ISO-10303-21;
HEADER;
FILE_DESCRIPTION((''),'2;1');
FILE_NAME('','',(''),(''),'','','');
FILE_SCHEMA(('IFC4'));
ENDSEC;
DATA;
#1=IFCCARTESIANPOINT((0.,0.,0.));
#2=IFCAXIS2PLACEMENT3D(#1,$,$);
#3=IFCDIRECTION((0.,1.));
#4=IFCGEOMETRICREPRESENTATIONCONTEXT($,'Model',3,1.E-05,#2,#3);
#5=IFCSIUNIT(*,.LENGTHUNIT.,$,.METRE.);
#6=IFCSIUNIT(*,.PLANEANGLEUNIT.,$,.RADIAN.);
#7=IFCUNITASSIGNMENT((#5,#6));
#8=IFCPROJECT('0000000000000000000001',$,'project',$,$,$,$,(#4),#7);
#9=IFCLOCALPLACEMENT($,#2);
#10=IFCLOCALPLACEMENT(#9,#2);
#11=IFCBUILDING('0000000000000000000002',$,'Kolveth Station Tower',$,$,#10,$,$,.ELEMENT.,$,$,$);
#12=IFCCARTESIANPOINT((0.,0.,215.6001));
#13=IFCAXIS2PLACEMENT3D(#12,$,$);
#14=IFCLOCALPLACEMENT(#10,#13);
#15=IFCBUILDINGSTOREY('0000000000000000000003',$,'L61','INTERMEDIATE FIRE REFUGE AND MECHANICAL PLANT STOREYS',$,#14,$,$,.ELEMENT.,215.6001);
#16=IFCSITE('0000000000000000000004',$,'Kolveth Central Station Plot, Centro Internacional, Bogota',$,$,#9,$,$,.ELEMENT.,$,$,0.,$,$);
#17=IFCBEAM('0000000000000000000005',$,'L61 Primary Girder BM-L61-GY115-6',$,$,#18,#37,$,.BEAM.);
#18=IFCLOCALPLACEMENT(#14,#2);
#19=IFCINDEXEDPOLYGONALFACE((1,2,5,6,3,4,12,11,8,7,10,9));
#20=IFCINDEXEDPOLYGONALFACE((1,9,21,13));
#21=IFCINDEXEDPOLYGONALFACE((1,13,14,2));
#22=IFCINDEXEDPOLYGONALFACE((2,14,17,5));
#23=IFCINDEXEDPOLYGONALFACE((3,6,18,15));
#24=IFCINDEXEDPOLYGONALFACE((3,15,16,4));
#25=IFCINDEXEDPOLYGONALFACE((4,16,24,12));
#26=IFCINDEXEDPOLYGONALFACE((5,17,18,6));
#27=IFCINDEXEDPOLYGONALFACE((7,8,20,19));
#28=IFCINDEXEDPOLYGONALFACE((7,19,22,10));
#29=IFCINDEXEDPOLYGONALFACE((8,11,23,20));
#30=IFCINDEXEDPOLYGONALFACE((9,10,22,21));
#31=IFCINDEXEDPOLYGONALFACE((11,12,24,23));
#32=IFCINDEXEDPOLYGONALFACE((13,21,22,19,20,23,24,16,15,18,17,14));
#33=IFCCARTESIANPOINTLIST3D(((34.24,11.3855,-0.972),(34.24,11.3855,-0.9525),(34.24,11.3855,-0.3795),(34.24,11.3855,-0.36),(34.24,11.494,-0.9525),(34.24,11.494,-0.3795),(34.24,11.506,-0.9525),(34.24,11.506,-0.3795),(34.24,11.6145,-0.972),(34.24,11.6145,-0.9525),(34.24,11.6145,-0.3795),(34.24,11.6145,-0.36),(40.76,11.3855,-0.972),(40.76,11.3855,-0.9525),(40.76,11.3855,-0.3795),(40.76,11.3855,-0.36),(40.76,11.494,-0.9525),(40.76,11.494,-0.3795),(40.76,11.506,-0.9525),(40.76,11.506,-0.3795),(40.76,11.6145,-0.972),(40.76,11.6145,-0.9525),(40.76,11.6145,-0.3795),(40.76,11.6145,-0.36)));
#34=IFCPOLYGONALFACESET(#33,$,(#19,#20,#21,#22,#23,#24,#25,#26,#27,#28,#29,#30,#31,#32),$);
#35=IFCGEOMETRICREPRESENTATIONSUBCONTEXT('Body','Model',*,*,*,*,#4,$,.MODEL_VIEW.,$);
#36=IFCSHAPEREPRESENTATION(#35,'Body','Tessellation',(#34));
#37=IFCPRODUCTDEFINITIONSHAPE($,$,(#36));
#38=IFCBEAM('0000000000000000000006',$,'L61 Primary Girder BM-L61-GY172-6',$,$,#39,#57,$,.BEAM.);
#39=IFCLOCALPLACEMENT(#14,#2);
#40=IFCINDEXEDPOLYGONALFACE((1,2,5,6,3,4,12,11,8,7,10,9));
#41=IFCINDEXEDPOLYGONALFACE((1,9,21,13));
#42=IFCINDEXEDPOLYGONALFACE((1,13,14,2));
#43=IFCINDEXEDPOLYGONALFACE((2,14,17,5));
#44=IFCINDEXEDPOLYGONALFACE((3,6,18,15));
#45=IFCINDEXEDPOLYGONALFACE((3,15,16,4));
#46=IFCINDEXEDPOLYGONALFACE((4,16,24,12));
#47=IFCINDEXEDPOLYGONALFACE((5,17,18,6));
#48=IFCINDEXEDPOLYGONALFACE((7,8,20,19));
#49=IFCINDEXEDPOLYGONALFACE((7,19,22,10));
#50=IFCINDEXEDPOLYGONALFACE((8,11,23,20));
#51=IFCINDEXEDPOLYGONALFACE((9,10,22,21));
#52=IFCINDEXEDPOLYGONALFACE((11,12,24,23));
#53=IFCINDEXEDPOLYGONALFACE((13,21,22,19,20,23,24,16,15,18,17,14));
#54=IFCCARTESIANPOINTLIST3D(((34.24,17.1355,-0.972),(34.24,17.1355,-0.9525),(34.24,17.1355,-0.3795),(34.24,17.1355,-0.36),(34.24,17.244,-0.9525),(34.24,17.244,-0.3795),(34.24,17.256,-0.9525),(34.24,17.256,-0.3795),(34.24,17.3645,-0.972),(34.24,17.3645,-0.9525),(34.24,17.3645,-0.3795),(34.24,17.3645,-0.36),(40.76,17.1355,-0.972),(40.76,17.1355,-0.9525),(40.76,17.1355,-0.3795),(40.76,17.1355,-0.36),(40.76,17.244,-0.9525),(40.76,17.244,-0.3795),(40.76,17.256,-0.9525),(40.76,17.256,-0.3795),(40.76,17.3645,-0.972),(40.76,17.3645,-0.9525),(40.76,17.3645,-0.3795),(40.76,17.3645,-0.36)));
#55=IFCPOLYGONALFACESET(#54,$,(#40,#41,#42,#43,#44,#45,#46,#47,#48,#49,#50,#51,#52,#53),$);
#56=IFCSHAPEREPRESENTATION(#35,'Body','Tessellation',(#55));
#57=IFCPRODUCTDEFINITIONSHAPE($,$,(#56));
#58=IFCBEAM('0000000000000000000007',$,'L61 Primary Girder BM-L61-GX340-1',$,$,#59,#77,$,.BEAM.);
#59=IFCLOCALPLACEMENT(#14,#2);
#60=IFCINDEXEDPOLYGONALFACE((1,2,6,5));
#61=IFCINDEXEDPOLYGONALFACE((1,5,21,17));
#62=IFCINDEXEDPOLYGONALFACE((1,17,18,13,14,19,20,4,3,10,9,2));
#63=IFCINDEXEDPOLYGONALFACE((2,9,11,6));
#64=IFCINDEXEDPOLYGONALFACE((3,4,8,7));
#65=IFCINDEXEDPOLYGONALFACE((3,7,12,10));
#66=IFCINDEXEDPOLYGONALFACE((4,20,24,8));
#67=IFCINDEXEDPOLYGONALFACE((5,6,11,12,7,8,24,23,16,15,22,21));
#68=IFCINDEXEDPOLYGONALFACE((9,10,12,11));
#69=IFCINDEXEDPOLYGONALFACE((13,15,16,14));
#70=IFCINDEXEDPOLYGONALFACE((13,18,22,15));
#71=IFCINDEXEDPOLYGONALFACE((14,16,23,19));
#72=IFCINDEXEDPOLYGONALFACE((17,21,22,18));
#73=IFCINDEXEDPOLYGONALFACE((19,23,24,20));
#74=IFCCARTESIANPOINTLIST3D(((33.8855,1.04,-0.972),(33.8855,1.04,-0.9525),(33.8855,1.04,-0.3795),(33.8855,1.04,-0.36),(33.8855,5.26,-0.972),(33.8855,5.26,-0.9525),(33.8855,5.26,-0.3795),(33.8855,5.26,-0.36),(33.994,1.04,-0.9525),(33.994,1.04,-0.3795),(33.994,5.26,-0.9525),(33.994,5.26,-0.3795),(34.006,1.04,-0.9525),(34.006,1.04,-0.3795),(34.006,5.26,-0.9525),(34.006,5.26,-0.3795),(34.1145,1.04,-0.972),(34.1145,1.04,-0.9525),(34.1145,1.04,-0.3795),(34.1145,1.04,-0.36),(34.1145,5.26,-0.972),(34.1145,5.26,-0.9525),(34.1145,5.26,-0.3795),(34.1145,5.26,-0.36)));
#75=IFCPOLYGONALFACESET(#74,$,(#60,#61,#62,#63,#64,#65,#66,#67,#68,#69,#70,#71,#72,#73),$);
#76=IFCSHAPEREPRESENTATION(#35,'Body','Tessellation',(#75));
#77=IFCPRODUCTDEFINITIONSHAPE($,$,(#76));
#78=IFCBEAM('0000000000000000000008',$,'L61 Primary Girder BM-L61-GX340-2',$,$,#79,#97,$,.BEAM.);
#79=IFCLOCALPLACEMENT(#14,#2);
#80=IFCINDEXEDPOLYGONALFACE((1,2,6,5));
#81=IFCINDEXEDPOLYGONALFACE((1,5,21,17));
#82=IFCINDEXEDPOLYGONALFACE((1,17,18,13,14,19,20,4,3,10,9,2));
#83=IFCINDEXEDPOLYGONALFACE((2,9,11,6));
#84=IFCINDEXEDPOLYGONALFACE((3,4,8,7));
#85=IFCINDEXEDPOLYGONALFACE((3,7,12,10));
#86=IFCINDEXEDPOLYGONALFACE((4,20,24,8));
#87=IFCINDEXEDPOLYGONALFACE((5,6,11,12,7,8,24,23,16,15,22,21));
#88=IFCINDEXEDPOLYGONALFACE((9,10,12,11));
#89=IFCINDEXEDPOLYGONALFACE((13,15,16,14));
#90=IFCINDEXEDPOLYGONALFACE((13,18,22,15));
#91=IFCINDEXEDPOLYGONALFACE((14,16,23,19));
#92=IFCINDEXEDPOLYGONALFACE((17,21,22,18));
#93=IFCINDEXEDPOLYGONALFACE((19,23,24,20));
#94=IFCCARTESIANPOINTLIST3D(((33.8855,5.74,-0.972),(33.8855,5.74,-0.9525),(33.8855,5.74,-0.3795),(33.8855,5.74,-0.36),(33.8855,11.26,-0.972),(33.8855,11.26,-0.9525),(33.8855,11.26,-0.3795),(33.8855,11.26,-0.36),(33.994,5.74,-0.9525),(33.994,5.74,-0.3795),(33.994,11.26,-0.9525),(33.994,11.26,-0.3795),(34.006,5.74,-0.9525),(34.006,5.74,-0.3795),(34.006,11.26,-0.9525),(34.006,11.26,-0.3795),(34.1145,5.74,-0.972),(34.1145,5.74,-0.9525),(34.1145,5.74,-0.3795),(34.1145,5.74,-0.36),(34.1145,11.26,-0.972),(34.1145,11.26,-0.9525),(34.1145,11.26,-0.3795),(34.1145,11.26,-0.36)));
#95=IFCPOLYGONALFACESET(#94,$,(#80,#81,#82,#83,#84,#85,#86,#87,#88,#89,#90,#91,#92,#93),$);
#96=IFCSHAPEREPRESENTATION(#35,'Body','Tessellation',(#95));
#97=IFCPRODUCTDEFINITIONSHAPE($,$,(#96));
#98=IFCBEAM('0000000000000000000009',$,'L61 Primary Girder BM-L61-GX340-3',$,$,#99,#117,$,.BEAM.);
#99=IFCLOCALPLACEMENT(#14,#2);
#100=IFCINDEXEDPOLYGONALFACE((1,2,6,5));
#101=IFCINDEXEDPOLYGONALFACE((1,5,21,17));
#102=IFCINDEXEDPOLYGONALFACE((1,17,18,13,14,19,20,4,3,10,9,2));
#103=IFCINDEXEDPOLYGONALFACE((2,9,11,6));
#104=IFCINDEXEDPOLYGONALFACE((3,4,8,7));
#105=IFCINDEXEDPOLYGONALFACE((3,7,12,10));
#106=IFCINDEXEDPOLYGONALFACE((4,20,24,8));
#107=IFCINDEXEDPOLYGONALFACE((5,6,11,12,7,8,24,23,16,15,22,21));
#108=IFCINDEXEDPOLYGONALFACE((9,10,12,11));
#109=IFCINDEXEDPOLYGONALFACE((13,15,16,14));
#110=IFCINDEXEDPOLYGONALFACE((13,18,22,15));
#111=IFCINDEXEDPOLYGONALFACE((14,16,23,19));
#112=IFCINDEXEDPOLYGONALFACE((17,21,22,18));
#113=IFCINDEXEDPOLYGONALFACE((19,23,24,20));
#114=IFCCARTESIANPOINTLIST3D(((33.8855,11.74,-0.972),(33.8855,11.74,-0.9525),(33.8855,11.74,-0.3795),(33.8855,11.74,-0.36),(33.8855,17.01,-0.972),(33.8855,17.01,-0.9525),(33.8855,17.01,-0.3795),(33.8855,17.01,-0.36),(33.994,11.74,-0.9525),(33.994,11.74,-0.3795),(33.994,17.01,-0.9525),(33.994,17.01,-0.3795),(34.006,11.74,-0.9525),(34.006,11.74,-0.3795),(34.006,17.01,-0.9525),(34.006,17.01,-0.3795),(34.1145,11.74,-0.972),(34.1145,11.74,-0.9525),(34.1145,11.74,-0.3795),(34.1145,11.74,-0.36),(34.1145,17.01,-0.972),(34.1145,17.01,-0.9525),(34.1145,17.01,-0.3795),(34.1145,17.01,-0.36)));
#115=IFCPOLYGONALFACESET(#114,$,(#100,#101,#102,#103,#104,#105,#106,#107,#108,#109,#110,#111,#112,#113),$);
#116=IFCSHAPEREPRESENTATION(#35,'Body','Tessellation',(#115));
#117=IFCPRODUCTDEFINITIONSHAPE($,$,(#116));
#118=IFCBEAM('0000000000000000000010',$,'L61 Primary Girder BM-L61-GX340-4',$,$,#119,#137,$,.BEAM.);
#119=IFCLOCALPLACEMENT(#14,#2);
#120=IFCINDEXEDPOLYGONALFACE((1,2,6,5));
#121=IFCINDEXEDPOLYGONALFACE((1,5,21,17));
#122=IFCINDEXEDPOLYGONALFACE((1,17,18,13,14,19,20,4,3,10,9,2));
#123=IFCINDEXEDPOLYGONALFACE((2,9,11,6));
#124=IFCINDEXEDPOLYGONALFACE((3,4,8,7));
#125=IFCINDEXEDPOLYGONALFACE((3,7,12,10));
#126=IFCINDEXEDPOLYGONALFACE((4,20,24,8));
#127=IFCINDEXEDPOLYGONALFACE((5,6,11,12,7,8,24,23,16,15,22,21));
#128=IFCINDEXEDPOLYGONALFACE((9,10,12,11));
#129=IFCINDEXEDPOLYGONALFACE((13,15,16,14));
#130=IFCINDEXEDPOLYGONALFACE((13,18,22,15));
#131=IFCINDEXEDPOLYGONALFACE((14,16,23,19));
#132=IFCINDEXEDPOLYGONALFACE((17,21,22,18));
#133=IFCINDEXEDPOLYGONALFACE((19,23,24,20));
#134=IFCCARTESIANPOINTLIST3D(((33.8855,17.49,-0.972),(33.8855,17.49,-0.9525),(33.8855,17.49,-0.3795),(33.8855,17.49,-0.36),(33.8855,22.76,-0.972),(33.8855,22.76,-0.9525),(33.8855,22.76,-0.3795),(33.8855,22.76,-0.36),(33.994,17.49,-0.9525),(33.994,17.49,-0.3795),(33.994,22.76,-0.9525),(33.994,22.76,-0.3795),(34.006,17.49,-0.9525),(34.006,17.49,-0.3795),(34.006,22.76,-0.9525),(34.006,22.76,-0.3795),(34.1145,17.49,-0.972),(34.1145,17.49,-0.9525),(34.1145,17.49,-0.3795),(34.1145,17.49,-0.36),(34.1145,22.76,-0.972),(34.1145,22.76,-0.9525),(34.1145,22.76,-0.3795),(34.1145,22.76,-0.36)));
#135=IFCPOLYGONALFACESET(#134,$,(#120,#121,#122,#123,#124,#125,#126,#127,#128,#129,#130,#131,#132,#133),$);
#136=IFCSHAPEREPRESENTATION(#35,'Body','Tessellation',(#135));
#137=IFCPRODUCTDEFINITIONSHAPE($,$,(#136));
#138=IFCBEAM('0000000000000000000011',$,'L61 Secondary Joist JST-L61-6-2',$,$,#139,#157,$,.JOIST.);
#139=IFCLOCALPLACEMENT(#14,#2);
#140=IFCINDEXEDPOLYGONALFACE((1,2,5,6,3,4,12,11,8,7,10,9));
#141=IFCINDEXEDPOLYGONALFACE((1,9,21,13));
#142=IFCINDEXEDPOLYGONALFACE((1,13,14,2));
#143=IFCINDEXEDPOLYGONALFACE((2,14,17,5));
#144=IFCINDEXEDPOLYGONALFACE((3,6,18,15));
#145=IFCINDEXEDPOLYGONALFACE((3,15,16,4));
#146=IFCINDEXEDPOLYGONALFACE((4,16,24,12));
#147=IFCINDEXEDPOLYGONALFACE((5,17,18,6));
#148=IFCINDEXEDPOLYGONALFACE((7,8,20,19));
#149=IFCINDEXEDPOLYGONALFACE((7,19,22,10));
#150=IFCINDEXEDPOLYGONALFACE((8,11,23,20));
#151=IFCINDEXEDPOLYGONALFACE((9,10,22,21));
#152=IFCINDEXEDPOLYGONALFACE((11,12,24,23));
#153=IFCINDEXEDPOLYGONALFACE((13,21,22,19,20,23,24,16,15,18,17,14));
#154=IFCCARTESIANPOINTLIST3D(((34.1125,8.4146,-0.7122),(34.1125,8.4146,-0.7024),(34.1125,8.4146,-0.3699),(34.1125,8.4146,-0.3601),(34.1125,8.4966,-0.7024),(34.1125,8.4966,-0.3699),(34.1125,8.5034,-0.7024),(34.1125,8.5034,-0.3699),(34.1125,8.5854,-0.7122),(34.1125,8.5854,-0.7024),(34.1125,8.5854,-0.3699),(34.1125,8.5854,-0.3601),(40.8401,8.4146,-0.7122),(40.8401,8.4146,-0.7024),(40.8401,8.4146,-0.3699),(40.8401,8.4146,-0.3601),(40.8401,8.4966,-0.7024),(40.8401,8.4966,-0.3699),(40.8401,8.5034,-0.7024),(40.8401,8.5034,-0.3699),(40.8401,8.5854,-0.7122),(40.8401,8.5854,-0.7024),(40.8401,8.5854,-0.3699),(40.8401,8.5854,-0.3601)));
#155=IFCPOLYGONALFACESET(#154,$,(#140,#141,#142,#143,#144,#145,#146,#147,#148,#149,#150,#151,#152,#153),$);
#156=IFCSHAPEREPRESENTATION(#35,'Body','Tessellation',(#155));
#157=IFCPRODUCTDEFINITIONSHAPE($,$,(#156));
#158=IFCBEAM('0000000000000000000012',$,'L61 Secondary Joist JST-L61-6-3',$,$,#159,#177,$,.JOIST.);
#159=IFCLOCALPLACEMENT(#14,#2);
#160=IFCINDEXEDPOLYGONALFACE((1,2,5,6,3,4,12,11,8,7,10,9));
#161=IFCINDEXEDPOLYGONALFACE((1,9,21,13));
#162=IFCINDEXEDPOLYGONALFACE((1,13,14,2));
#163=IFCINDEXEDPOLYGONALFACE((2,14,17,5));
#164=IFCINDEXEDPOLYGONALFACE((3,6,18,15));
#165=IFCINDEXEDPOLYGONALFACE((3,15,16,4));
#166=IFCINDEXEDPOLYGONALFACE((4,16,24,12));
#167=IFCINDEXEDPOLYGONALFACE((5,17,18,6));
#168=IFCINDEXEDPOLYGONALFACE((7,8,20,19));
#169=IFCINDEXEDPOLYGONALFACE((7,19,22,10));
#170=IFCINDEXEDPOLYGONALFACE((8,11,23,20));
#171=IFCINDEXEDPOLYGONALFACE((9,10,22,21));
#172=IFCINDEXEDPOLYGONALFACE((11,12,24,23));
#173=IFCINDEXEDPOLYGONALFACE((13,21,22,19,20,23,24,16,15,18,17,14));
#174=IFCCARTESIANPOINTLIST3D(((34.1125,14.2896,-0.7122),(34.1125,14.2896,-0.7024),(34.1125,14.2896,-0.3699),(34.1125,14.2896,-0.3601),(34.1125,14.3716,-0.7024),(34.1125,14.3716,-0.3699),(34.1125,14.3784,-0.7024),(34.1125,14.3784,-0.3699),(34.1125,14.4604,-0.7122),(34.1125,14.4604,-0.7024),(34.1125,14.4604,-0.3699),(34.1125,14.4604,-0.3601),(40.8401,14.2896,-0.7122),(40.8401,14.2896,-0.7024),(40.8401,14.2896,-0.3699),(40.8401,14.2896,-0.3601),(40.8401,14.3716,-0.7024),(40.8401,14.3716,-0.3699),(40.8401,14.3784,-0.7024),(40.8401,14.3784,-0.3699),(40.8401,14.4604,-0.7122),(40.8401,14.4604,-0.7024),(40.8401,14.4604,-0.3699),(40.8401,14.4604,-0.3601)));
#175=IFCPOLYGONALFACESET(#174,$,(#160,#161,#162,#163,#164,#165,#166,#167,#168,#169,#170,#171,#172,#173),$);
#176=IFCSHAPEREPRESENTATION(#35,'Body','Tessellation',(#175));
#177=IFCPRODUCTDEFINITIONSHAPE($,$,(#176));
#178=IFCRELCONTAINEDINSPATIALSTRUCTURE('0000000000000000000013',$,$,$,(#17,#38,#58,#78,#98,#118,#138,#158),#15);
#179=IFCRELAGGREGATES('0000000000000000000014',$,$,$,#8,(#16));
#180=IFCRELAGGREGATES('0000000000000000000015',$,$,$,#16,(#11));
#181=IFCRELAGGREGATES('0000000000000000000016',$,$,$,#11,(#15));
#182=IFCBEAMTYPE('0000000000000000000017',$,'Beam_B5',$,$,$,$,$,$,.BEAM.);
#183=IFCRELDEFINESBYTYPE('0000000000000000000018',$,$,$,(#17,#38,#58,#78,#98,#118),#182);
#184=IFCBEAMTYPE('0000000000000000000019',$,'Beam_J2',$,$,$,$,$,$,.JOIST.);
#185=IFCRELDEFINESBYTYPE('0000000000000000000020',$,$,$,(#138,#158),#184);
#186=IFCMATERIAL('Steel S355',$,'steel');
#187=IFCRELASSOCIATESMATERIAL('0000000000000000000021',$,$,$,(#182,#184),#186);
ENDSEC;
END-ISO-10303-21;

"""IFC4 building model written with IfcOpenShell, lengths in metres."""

from ifc_helpers import new_model, si_unit, direction, frame, origin, origin_2d, place, context, subcontext, project, spatial, i_section, extrude, source, transform, mapped, material, material_profile, profile_set, type_object, element, save


model = new_model("IFC4")

# Units and contexts
model_context = context("Model", 3, precision=1e-05, world=origin(), true_north=direction((0.0, 1.0)))
body_context = subcontext(model_context, "Body", "Model", "MODEL_VIEW")
ifc_project = project(units=[si_unit("LENGTHUNIT", "METRE"), si_unit("PLANEANGLEUNIT", "RADIAN")], contexts=[model_context])

# Site, building, storey
site_placement = place(None, origin())
site = spatial("IfcSite", under=ifc_project, at=site_placement, Name="Kolveth Central Station Plot, Centro Internacional, Bogota", CompositionType="ELEMENT", RefElevation=0.0)
building_placement = place(site_placement, origin())
building = spatial("IfcBuilding", under=site, at=building_placement, Name="Kolveth Station Tower", CompositionType="ELEMENT")
storey_placement = place(building_placement, frame((0.0, 0.0, 215.6001)))
storey = spatial("IfcBuildingStorey", under=building, at=storey_placement, Name="L61", Description="INTERMEDIATE FIRE REFUGE AND MECHANICAL PLANT STOREYS", CompositionType="ELEMENT", Elevation=215.6001)

# Shared definitions
ifc_material_1 = material(Name="Steel S355", Category="steel")

# Beams
ifc_material_profile_1 = material_profile(ifc_material_1, i_section(OverallWidth=0.229, OverallDepth=0.6121, WebThickness=0.012, FlangeThickness=0.0195, at=origin_2d()), Name="W610x125")
ifc_profile_set_1 = profile_set([ifc_material_profile_1], Name="Steel S355")
beam_type_1 = type_object("IfcBeamType", Name="Beam_B5", PredefinedType="BEAM", material=ifc_profile_set_1)
shared_shape_1 = source(origin(), body_context, "Body", "SweptSolid", [
    extrude(i_section(OverallWidth=0.229, OverallDepth=0.6121, WebThickness=0.012, FlangeThickness=0.0195, at=origin_2d()), origin(), (0.0, 0.0, 1.0), 6.52),
])
for number, where, z_axis, x_axis, name in (
    (1, (34.24, 11.5, -0.666), (1.0, 0.0, 0.0), (0.0, 1.0, 0.0), "L61 Primary Girder BM-L61-GY115-6"),
    (2, (34.24, 17.25, -0.666), (1.0, 0.0, 0.0), (0.0, 1.0, 0.0), "L61 Primary Girder BM-L61-GY172-6"),
):
    element("IfcBeam", number, at=place(storey_placement, frame(where, z_axis=z_axis, x_axis=x_axis)), inside=storey, type_object=beam_type_1, Name=name, PredefinedType="BEAM", context=body_context, shape_type="MappedRepresentation", body=[
        mapped(shared_shape_1, transform((0.0, 0.0, 0.0), x_axis=(1.0, 0.0, 0.0), y_axis=(0.0, 1.0, 0.0), z_axis=(0.0, 0.0, 1.0), scale=1.0)),
    ])
shared_shape_2 = source(origin(), body_context, "Body", "SweptSolid", [
    extrude(i_section(OverallWidth=0.229, OverallDepth=0.6121, WebThickness=0.012, FlangeThickness=0.0195, at=origin_2d()), origin(), (0.0, 0.0, 1.0), 4.22),
])
beam_1_placement = place(storey_placement, frame((34.0, 1.04, -0.666), z_axis=(0.0, 1.0, 0.0), x_axis=(-1.0, 0.0, 0.0)))
element("IfcBeam", 3, at=beam_1_placement, inside=storey, type_object=beam_type_1, Name="L61 Primary Girder BM-L61-GX340-1", PredefinedType="BEAM", context=body_context, shape_type="MappedRepresentation", body=[
    mapped(shared_shape_2, transform((0.0, 0.0, 0.0), x_axis=(1.0, 0.0, 0.0), y_axis=(0.0, 1.0, 0.0), z_axis=(0.0, 0.0, 1.0), scale=1.0)),
])
shared_shape_3 = source(origin(), body_context, "Body", "SweptSolid", [
    extrude(i_section(OverallWidth=0.229, OverallDepth=0.6121, WebThickness=0.012, FlangeThickness=0.0195, at=origin_2d()), origin(), (0.0, 0.0, 1.0), 5.52),
])
beam_2_placement = place(storey_placement, frame((34.0, 5.74, -0.666), z_axis=(0.0, 1.0, 0.0), x_axis=(-1.0, 0.0, 0.0)))
element("IfcBeam", 4, at=beam_2_placement, inside=storey, type_object=beam_type_1, Name="L61 Primary Girder BM-L61-GX340-2", PredefinedType="BEAM", context=body_context, shape_type="MappedRepresentation", body=[
    mapped(shared_shape_3, transform((0.0, 0.0, 0.0), x_axis=(1.0, 0.0, 0.0), y_axis=(0.0, 1.0, 0.0), z_axis=(0.0, 0.0, 1.0), scale=1.0)),
])
shared_shape_4 = source(origin(), body_context, "Body", "SweptSolid", [
    extrude(i_section(OverallWidth=0.229, OverallDepth=0.6121, WebThickness=0.012, FlangeThickness=0.0195, at=origin_2d()), origin(), (0.0, 0.0, 1.0), 5.27),
])
for number, where, z_axis, x_axis, name in (
    (5, (34.0, 11.74, -0.666), (0.0, 1.0, 0.0), (-1.0, 0.0, 0.0), "L61 Primary Girder BM-L61-GX340-3"),
    (6, (34.0, 17.49, -0.666), (0.0, 1.0, 0.0), (-1.0, 0.0, 0.0), "L61 Primary Girder BM-L61-GX340-4"),
):
    element("IfcBeam", number, at=place(storey_placement, frame(where, z_axis=z_axis, x_axis=x_axis)), inside=storey, type_object=beam_type_1, Name=name, PredefinedType="BEAM", context=body_context, shape_type="MappedRepresentation", body=[
        mapped(shared_shape_4, transform((0.0, 0.0, 0.0), x_axis=(1.0, 0.0, 0.0), y_axis=(0.0, 1.0, 0.0), z_axis=(0.0, 0.0, 1.0), scale=1.0)),
    ])
ifc_material_profile_2 = material_profile(ifc_material_1, i_section(OverallWidth=0.1709, OverallDepth=0.3521, WebThickness=0.0068, FlangeThickness=0.0098, at=origin_2d()), Name="W360x44")
ifc_profile_set_2 = profile_set([ifc_material_profile_2], Name="Steel S355")
beam_type_2 = type_object("IfcBeamType", Name="Beam_J2", PredefinedType="JOIST", material=ifc_profile_set_2)
shared_shape_5 = source(origin(), body_context, "Body", "SweptSolid", [
    extrude(i_section(OverallWidth=0.1709, OverallDepth=0.3521, WebThickness=0.0068, FlangeThickness=0.0098, at=origin_2d()), origin(), (0.0, 0.0, 1.0), 6.7275),
])
for number, where, z_axis, x_axis, name in (
    (7, (34.1125, 8.5, -0.5361), (1.0, 0.0, 0.0), (0.0, 1.0, 0.0), "L61 Secondary Joist JST-L61-6-2"),
    (8, (34.1125, 14.375, -0.5361), (1.0, 0.0, 0.0), (0.0, 1.0, 0.0), "L61 Secondary Joist JST-L61-6-3"),
):
    element("IfcBeam", number, at=place(storey_placement, frame(where, z_axis=z_axis, x_axis=x_axis)), inside=storey, type_object=beam_type_2, Name=name, PredefinedType="JOIST", context=body_context, shape_type="MappedRepresentation", body=[
        mapped(shared_shape_5, transform((0.0, 0.0, 0.0), x_axis=(1.0, 0.0, 0.0), y_axis=(0.0, 1.0, 0.0), z_axis=(0.0, 0.0, 1.0), scale=1.0)),
    ])

save(model, "model.ifc")
